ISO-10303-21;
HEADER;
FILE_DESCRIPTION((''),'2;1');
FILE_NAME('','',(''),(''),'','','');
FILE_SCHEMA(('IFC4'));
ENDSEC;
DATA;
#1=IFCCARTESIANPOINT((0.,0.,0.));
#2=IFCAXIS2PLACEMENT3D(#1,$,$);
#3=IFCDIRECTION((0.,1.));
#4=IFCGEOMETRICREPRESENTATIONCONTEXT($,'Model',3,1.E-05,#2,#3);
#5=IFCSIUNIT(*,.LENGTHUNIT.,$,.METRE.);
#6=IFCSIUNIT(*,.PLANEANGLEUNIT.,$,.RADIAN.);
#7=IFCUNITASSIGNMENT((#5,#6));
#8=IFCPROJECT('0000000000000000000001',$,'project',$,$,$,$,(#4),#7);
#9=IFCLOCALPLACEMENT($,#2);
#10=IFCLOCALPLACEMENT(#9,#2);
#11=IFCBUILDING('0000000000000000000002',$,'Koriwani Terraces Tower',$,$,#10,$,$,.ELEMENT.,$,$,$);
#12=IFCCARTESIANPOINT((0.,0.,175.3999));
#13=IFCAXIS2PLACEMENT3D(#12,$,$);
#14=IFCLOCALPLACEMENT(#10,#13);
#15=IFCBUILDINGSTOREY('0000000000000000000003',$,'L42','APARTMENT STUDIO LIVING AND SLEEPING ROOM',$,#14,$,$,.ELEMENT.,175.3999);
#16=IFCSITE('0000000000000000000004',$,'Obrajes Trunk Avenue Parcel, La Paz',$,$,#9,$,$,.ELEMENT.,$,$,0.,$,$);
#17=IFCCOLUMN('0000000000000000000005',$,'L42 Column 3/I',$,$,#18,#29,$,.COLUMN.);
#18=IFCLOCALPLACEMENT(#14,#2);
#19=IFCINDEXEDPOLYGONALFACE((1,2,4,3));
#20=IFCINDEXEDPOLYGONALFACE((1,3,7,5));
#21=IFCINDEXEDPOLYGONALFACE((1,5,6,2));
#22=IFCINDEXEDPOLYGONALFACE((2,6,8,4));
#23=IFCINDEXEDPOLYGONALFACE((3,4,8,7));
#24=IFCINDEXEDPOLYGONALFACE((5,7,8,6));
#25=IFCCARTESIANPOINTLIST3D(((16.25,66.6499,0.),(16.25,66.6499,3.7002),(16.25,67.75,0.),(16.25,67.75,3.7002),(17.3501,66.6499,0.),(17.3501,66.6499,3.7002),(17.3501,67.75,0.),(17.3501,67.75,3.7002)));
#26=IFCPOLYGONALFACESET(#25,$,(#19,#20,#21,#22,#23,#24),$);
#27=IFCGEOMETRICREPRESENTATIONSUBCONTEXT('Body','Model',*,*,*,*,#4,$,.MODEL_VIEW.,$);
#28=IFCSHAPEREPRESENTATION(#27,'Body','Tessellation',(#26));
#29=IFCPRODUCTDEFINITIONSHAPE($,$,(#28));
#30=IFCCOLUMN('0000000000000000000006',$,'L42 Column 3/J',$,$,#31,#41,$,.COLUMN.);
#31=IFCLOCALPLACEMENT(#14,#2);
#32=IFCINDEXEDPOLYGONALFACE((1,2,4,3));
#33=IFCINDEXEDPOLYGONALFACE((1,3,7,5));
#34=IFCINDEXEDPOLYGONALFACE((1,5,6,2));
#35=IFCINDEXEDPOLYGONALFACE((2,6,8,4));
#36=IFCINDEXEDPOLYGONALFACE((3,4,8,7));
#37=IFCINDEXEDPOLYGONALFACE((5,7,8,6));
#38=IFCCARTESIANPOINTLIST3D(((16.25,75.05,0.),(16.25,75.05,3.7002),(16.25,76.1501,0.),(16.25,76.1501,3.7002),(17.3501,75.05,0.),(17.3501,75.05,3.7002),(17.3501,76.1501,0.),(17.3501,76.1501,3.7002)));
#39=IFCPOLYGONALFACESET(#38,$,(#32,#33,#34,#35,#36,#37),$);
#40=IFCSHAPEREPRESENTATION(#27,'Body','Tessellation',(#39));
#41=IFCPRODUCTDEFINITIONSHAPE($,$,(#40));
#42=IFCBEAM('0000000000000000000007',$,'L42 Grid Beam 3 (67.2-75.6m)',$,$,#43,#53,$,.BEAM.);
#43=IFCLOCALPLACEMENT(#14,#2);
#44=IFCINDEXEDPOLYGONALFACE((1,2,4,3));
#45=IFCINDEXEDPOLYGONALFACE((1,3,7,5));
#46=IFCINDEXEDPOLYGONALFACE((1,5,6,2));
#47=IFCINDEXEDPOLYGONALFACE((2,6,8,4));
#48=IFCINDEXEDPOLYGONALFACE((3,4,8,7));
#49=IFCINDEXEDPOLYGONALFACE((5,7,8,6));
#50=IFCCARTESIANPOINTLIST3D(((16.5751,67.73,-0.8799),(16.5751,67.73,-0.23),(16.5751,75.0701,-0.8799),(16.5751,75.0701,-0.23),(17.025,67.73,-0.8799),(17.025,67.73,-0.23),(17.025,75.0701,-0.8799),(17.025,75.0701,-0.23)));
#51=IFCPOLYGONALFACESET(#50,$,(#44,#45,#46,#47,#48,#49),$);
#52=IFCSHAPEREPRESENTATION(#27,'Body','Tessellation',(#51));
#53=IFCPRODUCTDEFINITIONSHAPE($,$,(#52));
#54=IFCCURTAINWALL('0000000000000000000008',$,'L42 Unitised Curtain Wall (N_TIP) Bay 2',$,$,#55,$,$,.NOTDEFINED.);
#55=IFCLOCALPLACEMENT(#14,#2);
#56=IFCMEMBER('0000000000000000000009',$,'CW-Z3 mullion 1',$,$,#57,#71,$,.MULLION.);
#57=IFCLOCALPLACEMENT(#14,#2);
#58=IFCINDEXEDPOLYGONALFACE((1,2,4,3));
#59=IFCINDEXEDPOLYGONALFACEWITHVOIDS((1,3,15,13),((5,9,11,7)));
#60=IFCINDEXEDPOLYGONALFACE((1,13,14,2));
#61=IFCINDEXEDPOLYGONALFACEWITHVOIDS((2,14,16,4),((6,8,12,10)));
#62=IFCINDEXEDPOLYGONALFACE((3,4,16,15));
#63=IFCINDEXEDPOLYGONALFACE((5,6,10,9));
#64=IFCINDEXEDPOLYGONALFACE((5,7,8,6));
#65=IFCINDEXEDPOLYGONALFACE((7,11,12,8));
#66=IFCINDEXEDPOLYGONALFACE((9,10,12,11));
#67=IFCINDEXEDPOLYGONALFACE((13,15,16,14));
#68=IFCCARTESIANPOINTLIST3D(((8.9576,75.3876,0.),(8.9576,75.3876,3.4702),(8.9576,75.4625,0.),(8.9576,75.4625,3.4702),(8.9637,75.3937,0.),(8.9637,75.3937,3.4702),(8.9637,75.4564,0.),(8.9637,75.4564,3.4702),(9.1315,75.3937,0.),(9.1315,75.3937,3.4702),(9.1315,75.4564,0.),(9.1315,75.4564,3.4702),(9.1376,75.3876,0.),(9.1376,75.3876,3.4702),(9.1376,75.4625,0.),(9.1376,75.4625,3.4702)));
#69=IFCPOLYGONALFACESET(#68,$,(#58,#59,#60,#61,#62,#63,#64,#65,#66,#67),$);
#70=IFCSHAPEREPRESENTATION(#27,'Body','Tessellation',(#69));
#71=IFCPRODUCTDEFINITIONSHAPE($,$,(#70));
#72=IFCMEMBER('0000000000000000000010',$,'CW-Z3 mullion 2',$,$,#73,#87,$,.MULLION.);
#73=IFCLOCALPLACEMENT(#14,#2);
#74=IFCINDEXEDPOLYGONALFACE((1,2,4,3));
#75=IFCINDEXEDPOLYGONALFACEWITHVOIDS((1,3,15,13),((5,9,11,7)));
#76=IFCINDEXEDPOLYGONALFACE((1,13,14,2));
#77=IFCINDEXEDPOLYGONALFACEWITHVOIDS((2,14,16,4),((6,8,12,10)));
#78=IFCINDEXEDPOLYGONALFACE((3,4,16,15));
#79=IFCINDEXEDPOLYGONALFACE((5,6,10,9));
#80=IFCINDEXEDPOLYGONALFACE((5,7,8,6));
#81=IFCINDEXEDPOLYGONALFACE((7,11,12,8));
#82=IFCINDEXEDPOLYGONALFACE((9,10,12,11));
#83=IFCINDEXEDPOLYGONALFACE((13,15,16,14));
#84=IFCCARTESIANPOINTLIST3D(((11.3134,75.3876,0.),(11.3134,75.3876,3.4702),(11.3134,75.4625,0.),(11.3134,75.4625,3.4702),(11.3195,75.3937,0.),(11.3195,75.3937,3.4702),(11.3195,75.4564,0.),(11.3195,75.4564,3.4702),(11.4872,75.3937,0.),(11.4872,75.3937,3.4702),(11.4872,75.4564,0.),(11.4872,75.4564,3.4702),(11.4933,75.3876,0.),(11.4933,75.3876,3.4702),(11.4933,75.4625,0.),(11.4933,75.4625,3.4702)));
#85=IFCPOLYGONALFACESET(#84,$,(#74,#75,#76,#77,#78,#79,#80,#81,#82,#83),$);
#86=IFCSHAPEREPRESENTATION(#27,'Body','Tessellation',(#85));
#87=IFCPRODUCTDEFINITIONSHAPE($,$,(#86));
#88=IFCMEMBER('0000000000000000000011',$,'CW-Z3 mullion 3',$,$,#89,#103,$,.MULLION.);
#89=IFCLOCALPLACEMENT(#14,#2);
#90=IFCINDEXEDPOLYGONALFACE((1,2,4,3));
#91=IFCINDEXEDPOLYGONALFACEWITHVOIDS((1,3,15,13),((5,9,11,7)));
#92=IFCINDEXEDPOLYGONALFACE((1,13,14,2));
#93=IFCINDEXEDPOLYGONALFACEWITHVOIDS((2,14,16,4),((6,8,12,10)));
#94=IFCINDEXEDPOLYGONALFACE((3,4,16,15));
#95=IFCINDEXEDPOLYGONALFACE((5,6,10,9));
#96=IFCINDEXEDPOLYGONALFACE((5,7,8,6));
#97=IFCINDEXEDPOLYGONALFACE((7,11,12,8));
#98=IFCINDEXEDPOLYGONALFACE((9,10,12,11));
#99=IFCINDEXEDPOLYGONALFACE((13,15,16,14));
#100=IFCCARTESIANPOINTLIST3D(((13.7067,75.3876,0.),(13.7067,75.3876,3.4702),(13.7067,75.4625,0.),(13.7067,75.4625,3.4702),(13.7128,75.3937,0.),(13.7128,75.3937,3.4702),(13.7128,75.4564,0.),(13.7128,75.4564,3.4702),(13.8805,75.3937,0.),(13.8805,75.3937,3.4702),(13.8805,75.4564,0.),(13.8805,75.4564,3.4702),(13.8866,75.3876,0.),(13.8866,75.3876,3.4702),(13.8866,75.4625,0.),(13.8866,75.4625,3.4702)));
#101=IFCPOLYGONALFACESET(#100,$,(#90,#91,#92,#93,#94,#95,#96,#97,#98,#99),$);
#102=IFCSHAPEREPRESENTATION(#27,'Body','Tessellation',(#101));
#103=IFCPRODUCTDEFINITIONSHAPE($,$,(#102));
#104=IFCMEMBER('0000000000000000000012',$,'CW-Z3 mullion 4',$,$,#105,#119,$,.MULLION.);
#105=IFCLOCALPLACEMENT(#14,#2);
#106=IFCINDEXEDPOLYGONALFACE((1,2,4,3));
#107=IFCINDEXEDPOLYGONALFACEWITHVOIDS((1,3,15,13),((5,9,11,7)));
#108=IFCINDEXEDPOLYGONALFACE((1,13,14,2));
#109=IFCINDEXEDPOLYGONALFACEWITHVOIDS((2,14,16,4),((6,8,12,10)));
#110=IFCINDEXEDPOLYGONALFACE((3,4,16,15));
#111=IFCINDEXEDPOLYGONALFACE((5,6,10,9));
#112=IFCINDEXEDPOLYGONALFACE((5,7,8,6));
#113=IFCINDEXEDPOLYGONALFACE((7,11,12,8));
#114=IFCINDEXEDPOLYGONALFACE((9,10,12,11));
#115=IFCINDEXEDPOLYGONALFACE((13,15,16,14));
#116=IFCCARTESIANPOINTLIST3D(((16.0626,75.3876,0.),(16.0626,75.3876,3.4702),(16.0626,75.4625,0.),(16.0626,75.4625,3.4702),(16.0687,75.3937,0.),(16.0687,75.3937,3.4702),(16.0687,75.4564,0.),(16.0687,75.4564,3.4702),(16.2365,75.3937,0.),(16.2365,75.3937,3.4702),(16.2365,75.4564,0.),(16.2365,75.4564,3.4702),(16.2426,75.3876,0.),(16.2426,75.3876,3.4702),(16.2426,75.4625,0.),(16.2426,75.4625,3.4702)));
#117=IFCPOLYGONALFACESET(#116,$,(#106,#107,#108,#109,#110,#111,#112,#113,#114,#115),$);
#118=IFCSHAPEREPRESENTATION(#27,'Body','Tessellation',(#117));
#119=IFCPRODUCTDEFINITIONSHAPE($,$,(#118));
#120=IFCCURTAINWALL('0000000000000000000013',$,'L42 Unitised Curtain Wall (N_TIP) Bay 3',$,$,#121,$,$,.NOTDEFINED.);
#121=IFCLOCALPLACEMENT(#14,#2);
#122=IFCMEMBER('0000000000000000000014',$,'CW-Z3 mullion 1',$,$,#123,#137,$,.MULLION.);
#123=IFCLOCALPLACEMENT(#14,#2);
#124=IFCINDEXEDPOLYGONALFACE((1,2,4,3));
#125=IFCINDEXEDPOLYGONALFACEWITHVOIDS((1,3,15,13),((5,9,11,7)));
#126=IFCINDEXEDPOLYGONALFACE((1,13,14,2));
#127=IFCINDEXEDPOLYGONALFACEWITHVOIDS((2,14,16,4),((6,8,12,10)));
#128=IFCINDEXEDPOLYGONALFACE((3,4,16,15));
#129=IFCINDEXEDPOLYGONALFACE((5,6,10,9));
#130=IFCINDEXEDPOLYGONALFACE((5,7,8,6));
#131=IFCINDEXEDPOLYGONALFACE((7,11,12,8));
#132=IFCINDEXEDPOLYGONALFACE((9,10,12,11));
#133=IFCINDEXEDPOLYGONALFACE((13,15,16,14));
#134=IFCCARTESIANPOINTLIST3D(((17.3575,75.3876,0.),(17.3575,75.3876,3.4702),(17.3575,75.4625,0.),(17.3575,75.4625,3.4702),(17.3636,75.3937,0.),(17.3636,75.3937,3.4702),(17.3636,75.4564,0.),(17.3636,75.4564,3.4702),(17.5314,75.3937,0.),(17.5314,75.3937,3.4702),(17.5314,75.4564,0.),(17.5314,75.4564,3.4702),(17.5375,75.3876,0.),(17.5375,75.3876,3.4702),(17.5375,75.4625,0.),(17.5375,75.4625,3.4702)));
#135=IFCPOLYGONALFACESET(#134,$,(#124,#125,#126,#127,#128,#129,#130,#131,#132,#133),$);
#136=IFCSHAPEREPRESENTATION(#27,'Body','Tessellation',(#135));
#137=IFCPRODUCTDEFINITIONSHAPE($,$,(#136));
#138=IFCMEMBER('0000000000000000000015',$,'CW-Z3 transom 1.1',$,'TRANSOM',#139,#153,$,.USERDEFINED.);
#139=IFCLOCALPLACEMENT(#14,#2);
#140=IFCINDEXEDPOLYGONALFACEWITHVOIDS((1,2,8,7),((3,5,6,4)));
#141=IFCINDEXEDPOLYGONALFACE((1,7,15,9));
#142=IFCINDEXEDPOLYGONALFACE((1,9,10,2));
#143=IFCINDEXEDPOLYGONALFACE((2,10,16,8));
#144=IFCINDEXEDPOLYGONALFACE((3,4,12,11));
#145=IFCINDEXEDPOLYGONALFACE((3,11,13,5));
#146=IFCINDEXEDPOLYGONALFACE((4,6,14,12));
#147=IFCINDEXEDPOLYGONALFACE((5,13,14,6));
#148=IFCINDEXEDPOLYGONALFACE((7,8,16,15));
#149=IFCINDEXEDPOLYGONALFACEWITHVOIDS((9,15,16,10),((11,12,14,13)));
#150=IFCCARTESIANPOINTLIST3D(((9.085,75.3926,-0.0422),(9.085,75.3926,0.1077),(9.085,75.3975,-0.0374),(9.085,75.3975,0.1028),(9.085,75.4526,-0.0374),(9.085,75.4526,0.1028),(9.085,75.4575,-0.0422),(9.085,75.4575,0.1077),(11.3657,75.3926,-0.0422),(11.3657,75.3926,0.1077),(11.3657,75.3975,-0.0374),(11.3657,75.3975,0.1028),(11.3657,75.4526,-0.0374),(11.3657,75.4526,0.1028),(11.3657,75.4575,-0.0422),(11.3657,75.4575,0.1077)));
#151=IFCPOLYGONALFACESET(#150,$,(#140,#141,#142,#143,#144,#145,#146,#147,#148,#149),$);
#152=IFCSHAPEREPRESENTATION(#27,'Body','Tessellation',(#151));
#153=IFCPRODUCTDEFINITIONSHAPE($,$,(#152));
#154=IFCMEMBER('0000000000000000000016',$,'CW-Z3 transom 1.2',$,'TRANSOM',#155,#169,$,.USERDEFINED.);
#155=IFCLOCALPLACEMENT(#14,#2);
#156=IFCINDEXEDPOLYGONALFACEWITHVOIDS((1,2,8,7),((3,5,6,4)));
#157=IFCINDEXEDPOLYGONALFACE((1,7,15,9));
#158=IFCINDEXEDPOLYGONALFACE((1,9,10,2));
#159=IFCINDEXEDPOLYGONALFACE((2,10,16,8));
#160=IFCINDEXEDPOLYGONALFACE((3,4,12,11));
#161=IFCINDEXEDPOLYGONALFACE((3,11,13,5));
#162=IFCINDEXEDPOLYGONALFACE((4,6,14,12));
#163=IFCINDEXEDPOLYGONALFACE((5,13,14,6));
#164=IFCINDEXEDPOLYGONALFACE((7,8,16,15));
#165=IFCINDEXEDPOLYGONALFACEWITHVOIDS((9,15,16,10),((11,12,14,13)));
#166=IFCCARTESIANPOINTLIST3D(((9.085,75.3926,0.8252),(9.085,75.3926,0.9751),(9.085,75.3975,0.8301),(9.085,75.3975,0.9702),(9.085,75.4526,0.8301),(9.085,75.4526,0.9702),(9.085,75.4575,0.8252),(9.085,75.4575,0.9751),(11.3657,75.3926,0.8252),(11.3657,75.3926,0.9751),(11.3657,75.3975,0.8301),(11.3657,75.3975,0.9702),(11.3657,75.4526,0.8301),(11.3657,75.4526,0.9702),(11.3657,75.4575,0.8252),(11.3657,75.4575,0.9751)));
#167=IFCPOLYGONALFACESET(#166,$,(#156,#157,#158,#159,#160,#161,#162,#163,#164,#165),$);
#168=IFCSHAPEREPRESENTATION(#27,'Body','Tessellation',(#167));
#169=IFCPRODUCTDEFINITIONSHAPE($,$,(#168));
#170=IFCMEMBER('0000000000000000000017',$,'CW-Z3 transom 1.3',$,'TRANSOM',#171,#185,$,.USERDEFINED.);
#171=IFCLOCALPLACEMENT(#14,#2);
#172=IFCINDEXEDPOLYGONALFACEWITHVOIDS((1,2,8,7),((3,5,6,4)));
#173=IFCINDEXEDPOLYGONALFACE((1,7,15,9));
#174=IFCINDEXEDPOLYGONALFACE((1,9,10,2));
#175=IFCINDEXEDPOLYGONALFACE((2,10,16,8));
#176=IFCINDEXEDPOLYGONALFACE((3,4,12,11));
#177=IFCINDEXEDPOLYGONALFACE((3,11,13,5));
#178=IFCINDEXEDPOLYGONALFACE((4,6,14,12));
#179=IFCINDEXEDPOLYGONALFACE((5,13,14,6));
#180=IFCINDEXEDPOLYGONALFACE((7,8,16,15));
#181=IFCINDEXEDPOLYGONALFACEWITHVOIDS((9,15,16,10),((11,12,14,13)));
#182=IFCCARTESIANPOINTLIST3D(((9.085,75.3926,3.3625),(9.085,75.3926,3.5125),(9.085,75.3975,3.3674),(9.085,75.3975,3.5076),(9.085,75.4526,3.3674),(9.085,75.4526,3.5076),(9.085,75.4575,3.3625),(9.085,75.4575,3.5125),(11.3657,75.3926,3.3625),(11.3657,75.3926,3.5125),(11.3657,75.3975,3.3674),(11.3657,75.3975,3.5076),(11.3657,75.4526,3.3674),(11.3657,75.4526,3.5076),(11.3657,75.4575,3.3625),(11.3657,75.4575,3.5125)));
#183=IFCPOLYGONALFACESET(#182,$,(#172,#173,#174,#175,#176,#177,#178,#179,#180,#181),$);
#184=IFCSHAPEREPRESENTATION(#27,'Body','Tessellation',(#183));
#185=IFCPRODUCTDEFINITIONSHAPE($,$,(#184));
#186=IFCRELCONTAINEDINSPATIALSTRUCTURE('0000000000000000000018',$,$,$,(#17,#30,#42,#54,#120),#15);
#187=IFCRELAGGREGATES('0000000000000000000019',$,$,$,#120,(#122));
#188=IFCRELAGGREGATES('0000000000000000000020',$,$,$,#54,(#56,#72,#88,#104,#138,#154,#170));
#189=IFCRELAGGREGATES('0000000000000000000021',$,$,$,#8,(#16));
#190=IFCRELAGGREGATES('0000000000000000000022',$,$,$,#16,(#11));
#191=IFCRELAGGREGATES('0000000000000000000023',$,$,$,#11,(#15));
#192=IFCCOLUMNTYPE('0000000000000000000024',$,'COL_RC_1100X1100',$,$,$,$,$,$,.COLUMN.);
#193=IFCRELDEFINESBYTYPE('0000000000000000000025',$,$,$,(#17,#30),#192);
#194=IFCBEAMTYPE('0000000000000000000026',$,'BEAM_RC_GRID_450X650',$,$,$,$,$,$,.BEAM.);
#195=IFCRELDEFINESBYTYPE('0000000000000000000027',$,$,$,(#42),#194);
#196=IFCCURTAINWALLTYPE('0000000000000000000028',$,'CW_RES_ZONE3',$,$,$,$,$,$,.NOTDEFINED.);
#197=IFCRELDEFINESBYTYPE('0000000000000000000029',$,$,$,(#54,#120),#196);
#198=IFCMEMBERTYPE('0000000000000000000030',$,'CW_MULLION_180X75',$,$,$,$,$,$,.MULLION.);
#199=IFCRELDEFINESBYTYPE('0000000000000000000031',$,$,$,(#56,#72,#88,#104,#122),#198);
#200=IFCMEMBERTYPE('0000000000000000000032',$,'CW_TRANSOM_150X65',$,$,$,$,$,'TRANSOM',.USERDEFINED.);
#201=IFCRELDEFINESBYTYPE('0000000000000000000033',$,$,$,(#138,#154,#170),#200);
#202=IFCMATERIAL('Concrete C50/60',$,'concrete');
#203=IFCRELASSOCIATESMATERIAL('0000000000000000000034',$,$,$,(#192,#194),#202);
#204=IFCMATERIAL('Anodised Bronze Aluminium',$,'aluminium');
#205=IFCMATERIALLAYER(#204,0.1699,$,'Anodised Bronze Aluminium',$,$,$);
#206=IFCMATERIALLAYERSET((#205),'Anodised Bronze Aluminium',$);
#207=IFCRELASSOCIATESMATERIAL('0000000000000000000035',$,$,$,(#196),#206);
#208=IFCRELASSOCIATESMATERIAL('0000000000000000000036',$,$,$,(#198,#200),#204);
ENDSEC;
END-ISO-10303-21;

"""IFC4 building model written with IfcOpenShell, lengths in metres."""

from ifc_helpers import new_model, si_unit, direction, frame, origin, origin_2d, place, context, subcontext, project, spatial, rectangle, hollow_rectangle, extrude, material, layer, layer_set, material_profile, profile_set, type_object, element, aggregate, save


model = new_model("IFC4")

# Units and contexts
model_context = context("Model", 3, precision=1e-05, world=origin(), true_north=direction((0.0, 1.0)))
body_context = subcontext(model_context, "Body", "Model", "MODEL_VIEW")
ifc_project = project(units=[si_unit("LENGTHUNIT", "METRE"), si_unit("PLANEANGLEUNIT", "RADIAN")], contexts=[model_context])

# Site, building, storey
site_placement = place(None, origin())
site = spatial("IfcSite", under=ifc_project, at=site_placement, Name="Obrajes Trunk Avenue Parcel, La Paz", CompositionType="ELEMENT", RefElevation=0.0)
building_placement = place(site_placement, origin())
building = spatial("IfcBuilding", under=site, at=building_placement, Name="Koriwani Terraces Tower", CompositionType="ELEMENT")
storey_placement = place(building_placement, frame((0.0, 0.0, 175.3999)))
storey = spatial("IfcBuildingStorey", under=building, at=storey_placement, Name="L42", Description="APARTMENT STUDIO LIVING AND SLEEPING ROOM", CompositionType="ELEMENT", Elevation=175.3999)

# Columns
ifc_material_1 = material(Name="Concrete C50/60", Category="concrete")
ifc_material_profile_1 = material_profile(ifc_material_1, rectangle(XDim=1.1001, YDim=1.1001, at=origin_2d()), Name="Concrete C50/60", Category="LoadBearing")
ifc_profile_set_1 = profile_set([ifc_material_profile_1], Name="Concrete C50/60")
column_type = type_object("IfcColumnType", Name="COL_RC_1100X1100", PredefinedType="COLUMN", material=ifc_profile_set_1)
for number, where, z_axis, x_axis, name in (
    (1, (16.8, 67.2, 0.0), (0.0, 0.0, 1.0), (1.0, 0.0, 0.0), "L42 Column 3/I"),
    (2, (16.8, 75.6001, 0.0), (0.0, 0.0, 1.0), (1.0, 0.0, 0.0), "L42 Column 3/J"),
):
    element("IfcColumn", number, at=place(storey_placement, frame(where, z_axis=z_axis, x_axis=x_axis)), inside=storey, type_object=column_type, Name=name, PredefinedType="COLUMN", context=body_context, shape_type="SweptSolid", body=[
        extrude(rectangle(XDim=1.1001, YDim=1.1001, at=origin_2d()), origin(), (0.0, 0.0, 1.0), 3.7002),
    ])

# Beam
ifc_material_profile_2 = material_profile(ifc_material_1, rectangle(XDim=0.45, YDim=0.6499, at=origin_2d()), Name="Concrete C50/60", Category="LoadBearing")
ifc_profile_set_2 = profile_set([ifc_material_profile_2], Name="Concrete C50/60")
beam_type_1 = type_object("IfcBeamType", Name="BEAM_RC_GRID_450X650", PredefinedType="BEAM", material=ifc_profile_set_2)
beam_1_placement = place(storey_placement, frame((16.8, 67.73, -0.5549), z_axis=(0.0, 1.0, 0.0), x_axis=(-1.0, 0.0, 0.0)))
element("IfcBeam", 3, at=beam_1_placement, inside=storey, type_object=beam_type_1, Name="L42 Grid Beam 3 (67.2-75.6m)", PredefinedType="BEAM", context=body_context, shape_type="SweptSolid", body=[
    extrude(rectangle(XDim=0.45, YDim=0.6499, at=origin_2d()), origin(), (0.0, 0.0, 1.0), 7.3401),
])

# Curtain wall, members
ifc_material_2 = material(Name="Anodised Bronze Aluminium", Category="aluminium")
ifc_layer_1 = layer(ifc_material_2, 0.1699, Name="Anodised Bronze Aluminium")
ifc_layer_set_1 = layer_set([ifc_layer_1], Name="Anodised Bronze Aluminium")
curtain_wall_type = type_object("IfcCurtainWallType", Name="CW_RES_ZONE3", PredefinedType="NOTDEFINED", material=ifc_layer_set_1)
curtain_wall_1_placement = place(storey_placement, origin())
curtain_wall_1 = element("IfcCurtainWall", 4, at=curtain_wall_1_placement, inside=storey, type_object=curtain_wall_type, Name="L42 Unitised Curtain Wall (N_TIP) Bay 2", PredefinedType="NOTDEFINED")
ifc_material_profile_3 = material_profile(ifc_material_2, hollow_rectangle(XDim=0.075, YDim=0.1799, WallThickness=0.0061, at=origin_2d()), Name="Anodised Bronze Aluminium", Category="LoadBearing")
ifc_profile_set_3 = profile_set([ifc_material_profile_3], Name="Anodised Bronze Aluminium")
member_type_1 = type_object("IfcMemberType", Name="CW_MULLION_180X75", PredefinedType="MULLION", material=ifc_profile_set_3)
member_1_placement = place(storey_placement, frame((9.0476, 75.425, 0.0), z_axis=(0.0, 0.0, 1.0), x_axis=(0.0, 1.0, 0.0)))
member_1 = element("IfcMember", 5, at=member_1_placement, type_object=member_type_1, Name="CW-Z3 mullion 1", PredefinedType="MULLION", context=body_context, shape_type="SweptSolid", body=[
    extrude(hollow_rectangle(XDim=0.075, YDim=0.1799, WallThickness=0.0061, at=origin_2d()), origin(), (0.0, 0.0, 1.0), 3.4702),
])
member_2_placement = place(storey_placement, frame((11.4033, 75.425, 0.0), z_axis=(0.0, 0.0, 1.0), x_axis=(0.0, 1.0, 0.0)))
member_2 = element("IfcMember", 6, at=member_2_placement, type_object=member_type_1, Name="CW-Z3 mullion 2", PredefinedType="MULLION", context=body_context, shape_type="SweptSolid", body=[
    extrude(hollow_rectangle(XDim=0.075, YDim=0.1799, WallThickness=0.0061, at=origin_2d()), origin(), (0.0, 0.0, 1.0), 3.4702),
])
member_3_placement = place(storey_placement, frame((13.7966, 75.425, 0.0), z_axis=(0.0, 0.0, 1.0), x_axis=(0.0, 1.0, 0.0)))
member_3 = element("IfcMember", 7, at=member_3_placement, type_object=member_type_1, Name="CW-Z3 mullion 3", PredefinedType="MULLION", context=body_context, shape_type="SweptSolid", body=[
    extrude(hollow_rectangle(XDim=0.075, YDim=0.1799, WallThickness=0.0061, at=origin_2d()), origin(), (0.0, 0.0, 1.0), 3.4702),
])
member_4_placement = place(storey_placement, frame((16.1526, 75.425, 0.0), z_axis=(0.0, 0.0, 1.0), x_axis=(0.0, 1.0, 0.0)))
member_4 = element("IfcMember", 8, at=member_4_placement, type_object=member_type_1, Name="CW-Z3 mullion 4", PredefinedType="MULLION", context=body_context, shape_type="SweptSolid", body=[
    extrude(hollow_rectangle(XDim=0.075, YDim=0.1799, WallThickness=0.0061, at=origin_2d()), origin(), (0.0, 0.0, 1.0), 3.4702),
])

# Curtain wall, member
curtain_wall_2_placement = place(storey_placement, origin())
curtain_wall_2 = element("IfcCurtainWall", 9, at=curtain_wall_2_placement, inside=storey, type_object=curtain_wall_type, Name="L42 Unitised Curtain Wall (N_TIP) Bay 3", PredefinedType="NOTDEFINED")
member_5_placement = place(storey_placement, frame((17.4475, 75.425, 0.0), z_axis=(0.0, 0.0, 1.0), x_axis=(0.0, 1.0, 0.0)))
member_5 = element("IfcMember", 10, at=member_5_placement, type_object=member_type_1, Name="CW-Z3 mullion 1", PredefinedType="MULLION", context=body_context, shape_type="SweptSolid", body=[
    extrude(hollow_rectangle(XDim=0.075, YDim=0.1799, WallThickness=0.0061, at=origin_2d()), origin(), (0.0, 0.0, 1.0), 3.4702),
])

# Members
ifc_material_profile_4 = material_profile(ifc_material_2, hollow_rectangle(XDim=0.0649, YDim=0.1499, WallThickness=0.0049, at=origin_2d()), Name="Anodised Bronze Aluminium", Category="LoadBearing")
ifc_profile_set_4 = profile_set([ifc_material_profile_4], Name="Anodised Bronze Aluminium")
member_type_2 = type_object("IfcMemberType", Name="CW_TRANSOM_150X65", ElementType="TRANSOM", PredefinedType="USERDEFINED", material=ifc_profile_set_4)
member_6_placement = place(storey_placement, frame((9.085, 75.425, 0.0327), z_axis=(1.0, 0.0, 0.0), x_axis=(0.0, 1.0, 0.0)))
member_6 = element("IfcMember", 11, at=member_6_placement, type_object=member_type_2, Name="CW-Z3 transom 1.1", ObjectType="TRANSOM", PredefinedType="USERDEFINED", context=body_context, shape_type="SweptSolid", body=[
    extrude(hollow_rectangle(XDim=0.0649, YDim=0.1499, WallThickness=0.0049, at=origin_2d()), origin(), (0.0, 0.0, 1.0), 2.2808),
])
member_7_placement = place(storey_placement, frame((9.085, 75.425, 0.9001), z_axis=(1.0, 0.0, 0.0), x_axis=(0.0, 1.0, 0.0)))
member_7 = element("IfcMember", 12, at=member_7_placement, type_object=member_type_2, Name="CW-Z3 transom 1.2", ObjectType="TRANSOM", PredefinedType="USERDEFINED", context=body_context, shape_type="SweptSolid", body=[
    extrude(hollow_rectangle(XDim=0.0649, YDim=0.1499, WallThickness=0.0049, at=origin_2d()), origin(), (0.0, 0.0, 1.0), 2.2808),
])
member_8_placement = place(storey_placement, frame((9.085, 75.425, 3.4375), z_axis=(1.0, 0.0, 0.0), x_axis=(0.0, 1.0, 0.0)))
member_8 = element("IfcMember", 13, at=member_8_placement, type_object=member_type_2, Name="CW-Z3 transom 1.3", ObjectType="TRANSOM", PredefinedType="USERDEFINED", context=body_context, shape_type="SweptSolid", body=[
    extrude(hollow_rectangle(XDim=0.0649, YDim=0.1499, WallThickness=0.0049, at=origin_2d()), origin(), (0.0, 0.0, 1.0), 2.2808),
])
aggregate(curtain_wall_2, [member_5])

aggregate(curtain_wall_1, [member_1, member_2, member_3, member_4, member_6, member_7, member_8])

save(model, "model.ifc")
